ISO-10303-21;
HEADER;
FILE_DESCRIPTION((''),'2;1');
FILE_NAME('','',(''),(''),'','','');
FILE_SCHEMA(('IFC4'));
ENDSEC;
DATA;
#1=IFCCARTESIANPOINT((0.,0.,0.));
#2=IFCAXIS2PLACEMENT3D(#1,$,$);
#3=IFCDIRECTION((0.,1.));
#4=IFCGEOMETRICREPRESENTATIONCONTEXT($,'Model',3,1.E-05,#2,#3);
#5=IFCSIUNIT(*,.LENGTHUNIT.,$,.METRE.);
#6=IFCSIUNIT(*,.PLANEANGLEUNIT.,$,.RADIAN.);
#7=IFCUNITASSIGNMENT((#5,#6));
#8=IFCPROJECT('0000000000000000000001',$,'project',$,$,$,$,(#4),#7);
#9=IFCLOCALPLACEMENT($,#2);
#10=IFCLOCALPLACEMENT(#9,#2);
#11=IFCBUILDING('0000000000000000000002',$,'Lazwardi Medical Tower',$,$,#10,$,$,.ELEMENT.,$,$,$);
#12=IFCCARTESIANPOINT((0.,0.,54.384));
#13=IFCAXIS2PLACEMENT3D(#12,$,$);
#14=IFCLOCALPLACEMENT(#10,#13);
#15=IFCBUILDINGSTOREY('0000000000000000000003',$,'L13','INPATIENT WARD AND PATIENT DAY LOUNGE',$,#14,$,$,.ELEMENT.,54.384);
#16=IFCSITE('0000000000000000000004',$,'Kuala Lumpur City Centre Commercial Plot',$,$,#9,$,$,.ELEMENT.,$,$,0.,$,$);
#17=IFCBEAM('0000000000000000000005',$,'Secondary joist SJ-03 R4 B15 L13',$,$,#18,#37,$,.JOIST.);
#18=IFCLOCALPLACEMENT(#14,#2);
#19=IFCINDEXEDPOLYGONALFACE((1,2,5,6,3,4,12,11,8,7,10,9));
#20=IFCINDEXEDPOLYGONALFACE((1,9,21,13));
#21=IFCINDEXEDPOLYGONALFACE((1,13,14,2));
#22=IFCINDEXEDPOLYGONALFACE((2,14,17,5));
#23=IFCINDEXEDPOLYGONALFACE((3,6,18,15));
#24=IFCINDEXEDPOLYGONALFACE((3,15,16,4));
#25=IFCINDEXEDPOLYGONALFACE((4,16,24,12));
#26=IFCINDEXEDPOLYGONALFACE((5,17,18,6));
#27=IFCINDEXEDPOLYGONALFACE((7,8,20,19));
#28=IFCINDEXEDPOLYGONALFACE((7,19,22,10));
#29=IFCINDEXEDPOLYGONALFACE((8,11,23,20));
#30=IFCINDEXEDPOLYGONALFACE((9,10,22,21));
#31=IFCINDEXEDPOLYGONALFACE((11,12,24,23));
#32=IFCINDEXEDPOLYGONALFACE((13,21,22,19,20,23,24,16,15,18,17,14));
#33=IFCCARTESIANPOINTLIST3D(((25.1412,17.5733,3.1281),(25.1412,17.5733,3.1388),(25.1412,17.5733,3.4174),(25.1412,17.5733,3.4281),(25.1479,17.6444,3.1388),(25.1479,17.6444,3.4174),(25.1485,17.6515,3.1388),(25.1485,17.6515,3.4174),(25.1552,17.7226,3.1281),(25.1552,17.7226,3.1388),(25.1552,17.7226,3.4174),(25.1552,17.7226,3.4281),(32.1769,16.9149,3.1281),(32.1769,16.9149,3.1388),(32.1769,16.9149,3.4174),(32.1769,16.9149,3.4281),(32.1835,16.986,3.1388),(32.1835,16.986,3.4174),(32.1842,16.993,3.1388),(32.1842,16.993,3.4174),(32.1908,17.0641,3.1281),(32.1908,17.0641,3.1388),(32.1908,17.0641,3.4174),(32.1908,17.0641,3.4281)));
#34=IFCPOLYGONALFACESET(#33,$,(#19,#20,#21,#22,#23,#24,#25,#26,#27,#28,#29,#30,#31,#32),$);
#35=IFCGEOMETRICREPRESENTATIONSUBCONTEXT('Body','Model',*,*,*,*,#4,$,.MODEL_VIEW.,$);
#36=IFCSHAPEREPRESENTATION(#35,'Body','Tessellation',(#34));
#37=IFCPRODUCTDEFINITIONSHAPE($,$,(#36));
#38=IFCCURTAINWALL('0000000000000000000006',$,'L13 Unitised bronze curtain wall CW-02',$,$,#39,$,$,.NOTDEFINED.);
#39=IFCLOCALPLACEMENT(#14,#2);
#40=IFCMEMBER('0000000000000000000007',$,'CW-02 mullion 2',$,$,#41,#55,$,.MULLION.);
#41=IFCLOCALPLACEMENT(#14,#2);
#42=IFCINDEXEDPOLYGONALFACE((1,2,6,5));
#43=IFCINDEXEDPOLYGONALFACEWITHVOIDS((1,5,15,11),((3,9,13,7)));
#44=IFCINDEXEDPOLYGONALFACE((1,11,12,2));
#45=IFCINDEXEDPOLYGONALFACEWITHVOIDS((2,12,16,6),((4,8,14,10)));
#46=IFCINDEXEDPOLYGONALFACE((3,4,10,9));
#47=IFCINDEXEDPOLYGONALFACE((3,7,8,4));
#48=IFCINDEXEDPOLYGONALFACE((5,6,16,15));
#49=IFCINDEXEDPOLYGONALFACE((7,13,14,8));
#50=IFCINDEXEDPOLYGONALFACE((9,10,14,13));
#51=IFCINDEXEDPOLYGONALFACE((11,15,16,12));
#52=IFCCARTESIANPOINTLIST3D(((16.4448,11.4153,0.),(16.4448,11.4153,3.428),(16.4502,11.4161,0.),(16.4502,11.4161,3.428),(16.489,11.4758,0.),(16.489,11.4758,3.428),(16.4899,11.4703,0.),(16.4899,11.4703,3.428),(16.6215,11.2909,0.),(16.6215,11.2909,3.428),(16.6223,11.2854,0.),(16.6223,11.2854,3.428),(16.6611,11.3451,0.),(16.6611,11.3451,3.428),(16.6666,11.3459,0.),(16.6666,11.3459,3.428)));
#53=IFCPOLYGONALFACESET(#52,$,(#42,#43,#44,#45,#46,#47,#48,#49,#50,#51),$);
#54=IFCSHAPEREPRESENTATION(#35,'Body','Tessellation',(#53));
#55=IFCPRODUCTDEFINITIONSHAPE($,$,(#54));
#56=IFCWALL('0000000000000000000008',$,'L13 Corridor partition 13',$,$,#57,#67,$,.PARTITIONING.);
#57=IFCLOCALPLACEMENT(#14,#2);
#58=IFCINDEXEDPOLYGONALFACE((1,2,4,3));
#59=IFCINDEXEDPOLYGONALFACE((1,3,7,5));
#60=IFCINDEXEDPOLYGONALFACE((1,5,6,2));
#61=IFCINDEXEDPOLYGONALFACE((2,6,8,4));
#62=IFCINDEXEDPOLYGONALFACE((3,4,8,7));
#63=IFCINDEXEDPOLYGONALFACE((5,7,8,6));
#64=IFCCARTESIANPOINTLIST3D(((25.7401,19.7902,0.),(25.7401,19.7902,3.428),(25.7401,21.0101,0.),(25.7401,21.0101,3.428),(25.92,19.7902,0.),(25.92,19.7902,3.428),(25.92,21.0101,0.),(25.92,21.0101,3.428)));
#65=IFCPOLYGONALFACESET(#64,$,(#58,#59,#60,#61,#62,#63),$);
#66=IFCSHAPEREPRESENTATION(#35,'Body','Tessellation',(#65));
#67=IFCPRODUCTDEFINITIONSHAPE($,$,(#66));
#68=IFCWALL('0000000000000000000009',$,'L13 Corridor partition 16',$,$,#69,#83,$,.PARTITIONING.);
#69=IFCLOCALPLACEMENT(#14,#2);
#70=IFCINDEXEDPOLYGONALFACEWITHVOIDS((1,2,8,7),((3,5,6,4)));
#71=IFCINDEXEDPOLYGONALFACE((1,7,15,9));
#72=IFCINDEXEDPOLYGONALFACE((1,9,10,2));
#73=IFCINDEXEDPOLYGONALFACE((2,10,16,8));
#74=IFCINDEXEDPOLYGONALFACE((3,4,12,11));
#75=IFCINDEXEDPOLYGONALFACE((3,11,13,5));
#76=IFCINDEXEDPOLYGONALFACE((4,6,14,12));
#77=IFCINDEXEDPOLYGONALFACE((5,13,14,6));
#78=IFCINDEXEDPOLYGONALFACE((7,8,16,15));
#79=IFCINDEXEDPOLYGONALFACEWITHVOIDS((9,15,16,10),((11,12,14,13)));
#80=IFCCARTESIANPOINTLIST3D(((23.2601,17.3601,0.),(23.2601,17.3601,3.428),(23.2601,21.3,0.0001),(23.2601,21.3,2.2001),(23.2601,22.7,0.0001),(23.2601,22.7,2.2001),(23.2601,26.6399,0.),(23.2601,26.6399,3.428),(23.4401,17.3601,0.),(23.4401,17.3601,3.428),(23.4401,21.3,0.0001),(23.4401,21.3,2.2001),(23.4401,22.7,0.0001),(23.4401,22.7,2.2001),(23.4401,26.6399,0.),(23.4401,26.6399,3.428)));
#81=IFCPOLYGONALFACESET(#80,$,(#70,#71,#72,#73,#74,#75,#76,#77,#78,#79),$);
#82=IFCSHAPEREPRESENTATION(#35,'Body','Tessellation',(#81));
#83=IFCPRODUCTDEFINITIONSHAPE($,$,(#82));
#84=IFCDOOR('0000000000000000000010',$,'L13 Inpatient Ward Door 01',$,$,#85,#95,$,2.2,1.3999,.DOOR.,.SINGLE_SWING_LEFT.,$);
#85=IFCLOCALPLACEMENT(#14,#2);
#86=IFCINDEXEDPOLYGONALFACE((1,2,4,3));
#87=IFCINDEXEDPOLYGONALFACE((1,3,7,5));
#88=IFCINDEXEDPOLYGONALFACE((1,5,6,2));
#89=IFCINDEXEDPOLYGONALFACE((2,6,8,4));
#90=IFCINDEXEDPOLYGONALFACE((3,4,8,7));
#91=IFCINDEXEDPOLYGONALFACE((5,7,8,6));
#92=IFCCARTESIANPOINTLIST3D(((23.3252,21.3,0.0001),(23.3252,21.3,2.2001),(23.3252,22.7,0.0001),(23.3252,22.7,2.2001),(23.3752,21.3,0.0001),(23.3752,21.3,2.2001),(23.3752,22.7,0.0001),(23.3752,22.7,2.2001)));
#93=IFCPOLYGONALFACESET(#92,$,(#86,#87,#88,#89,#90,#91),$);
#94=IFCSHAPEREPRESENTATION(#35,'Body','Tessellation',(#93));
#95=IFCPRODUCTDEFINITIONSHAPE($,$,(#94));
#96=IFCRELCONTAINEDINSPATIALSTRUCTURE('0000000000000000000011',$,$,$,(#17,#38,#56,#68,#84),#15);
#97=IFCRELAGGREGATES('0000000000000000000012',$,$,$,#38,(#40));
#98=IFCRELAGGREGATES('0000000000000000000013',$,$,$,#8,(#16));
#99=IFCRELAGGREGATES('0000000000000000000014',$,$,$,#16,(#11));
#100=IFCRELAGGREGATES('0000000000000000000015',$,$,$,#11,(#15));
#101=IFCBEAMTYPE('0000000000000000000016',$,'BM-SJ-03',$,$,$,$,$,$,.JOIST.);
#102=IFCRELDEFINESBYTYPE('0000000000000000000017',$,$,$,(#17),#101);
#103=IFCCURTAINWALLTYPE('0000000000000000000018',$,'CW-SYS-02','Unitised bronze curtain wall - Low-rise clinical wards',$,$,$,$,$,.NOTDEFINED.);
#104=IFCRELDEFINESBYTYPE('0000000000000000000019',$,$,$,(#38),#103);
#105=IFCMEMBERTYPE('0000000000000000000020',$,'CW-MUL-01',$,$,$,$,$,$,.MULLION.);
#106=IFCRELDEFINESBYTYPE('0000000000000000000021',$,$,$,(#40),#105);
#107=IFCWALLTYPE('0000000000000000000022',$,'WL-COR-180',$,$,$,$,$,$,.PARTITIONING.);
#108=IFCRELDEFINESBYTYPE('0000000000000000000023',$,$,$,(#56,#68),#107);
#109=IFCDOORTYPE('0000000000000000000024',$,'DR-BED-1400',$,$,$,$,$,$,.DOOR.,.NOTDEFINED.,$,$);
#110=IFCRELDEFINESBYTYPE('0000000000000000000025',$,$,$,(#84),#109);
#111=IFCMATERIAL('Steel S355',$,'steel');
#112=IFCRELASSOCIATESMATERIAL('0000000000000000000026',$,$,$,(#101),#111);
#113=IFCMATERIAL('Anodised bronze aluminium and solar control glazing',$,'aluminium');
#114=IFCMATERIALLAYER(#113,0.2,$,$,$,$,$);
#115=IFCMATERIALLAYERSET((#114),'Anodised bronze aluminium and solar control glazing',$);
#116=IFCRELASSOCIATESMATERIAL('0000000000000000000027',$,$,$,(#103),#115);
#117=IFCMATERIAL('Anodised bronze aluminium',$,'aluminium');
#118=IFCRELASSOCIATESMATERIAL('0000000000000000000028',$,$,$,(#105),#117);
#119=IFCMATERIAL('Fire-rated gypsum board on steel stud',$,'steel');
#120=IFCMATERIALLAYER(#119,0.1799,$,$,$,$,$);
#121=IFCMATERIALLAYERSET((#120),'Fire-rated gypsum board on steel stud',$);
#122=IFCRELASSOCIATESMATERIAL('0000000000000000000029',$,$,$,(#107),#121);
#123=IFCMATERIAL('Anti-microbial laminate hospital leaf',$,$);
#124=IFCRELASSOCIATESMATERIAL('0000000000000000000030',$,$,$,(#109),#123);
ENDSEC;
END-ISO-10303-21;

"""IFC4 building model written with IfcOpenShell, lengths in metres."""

from ifc_helpers import new_model, si_unit, direction, frame, frame_2d, origin, origin_2d, place, context, subcontext, project, spatial, rectangle, hollow_rectangle, i_section, extrude, material, layer, layer_set, material_profile, profile_set, type_object, element, fill, aggregate, save


model = new_model("IFC4")

# Units and contexts
model_context = context("Model", 3, precision=1e-05, world=origin(), true_north=direction((0.0, 1.0)))
body_context = subcontext(model_context, "Body", "Model", "MODEL_VIEW")
ifc_project = project(units=[si_unit("LENGTHUNIT", "METRE"), si_unit("PLANEANGLEUNIT", "RADIAN")], contexts=[model_context])

# Site, building, storey
site_placement = place(None, origin())
site = spatial("IfcSite", under=ifc_project, at=site_placement, Name="Kuala Lumpur City Centre Commercial Plot", CompositionType="ELEMENT", RefElevation=0.0)
building_placement = place(site_placement, origin())
building = spatial("IfcBuilding", under=site, at=building_placement, Name="Lazwardi Medical Tower", CompositionType="ELEMENT")
storey_placement = place(building_placement, frame((0.0, 0.0, 54.384)))
storey = spatial("IfcBuildingStorey", under=building, at=storey_placement, Name="L13", Description="INPATIENT WARD AND PATIENT DAY LOUNGE", CompositionType="ELEMENT", Elevation=54.384)

# Beam
ifc_material_1 = material(Name="Steel S355", Category="steel")
ifc_material_profile_1 = material_profile(ifc_material_1, i_section(OverallWidth=0.1499, OverallDepth=0.3, WebThickness=0.0071, FlangeThickness=0.0107, at=origin_2d()), Name="IPE 300")
ifc_profile_set_1 = profile_set([ifc_material_profile_1], Name="Steel S355")
beam_type_1 = type_object("IfcBeamType", Name="BM-SJ-03", PredefinedType="JOIST", material=ifc_profile_set_1)
beam_1_placement = place(storey_placement, frame((25.1482, 17.6479, 3.2781), z_axis=(0.995649, -0.09318, 0.0), x_axis=(0.09318, 0.995649, 0.0)))
element("IfcBeam", 1, at=beam_1_placement, inside=storey, type_object=beam_type_1, Name="Secondary joist SJ-03 R4 B15 L13", PredefinedType="JOIST", context=body_context, shape_type="SweptSolid", body=[
    extrude(i_section(OverallWidth=0.1499, OverallDepth=0.3, WebThickness=0.0071, FlangeThickness=0.0107, at=origin_2d()), origin(), (0.0, 0.0, 1.0), 7.0664),
])

# Curtain wall, member
ifc_material_2 = material(Name="Anodised bronze aluminium and solar control glazing", Category="aluminium")
ifc_layer_1 = layer(ifc_material_2, 0.2)
ifc_layer_set_1 = layer_set([ifc_layer_1], Name="Anodised bronze aluminium and solar control glazing")
curtain_wall_type = type_object("IfcCurtainWallType", Name="CW-SYS-02", Description="Unitised bronze curtain wall - Low-rise clinical wards", PredefinedType="NOTDEFINED", material=ifc_layer_set_1)
curtain_wall_placement = place(storey_placement, origin())
curtain_wall = element("IfcCurtainWall", 2, at=curtain_wall_placement, inside=storey, type_object=curtain_wall_type, Name="L13 Unitised bronze curtain wall CW-02", PredefinedType="NOTDEFINED")
ifc_material_3 = material(Name="Anodised bronze aluminium", Category="aluminium")
ifc_material_profile_2 = material_profile(ifc_material_3, hollow_rectangle(XDim=0.075, YDim=0.22, WallThickness=0.0039, at=origin_2d()), Name="ALU-MULLION 220x75x4")
ifc_profile_set_2 = profile_set([ifc_material_profile_2], Name="Anodised bronze aluminium")
member_type = type_object("IfcMemberType", Name="CW-MUL-01", PredefinedType="MULLION", material=ifc_profile_set_2)
member_placement = place(storey_placement, frame((16.5557, 11.3806, 0.0), z_axis=(0.0, 0.0, 1.0), x_axis=(0.590289, 0.807192, 0.0)))
member = element("IfcMember", 3, at=member_placement, type_object=member_type, Name="CW-02 mullion 2", PredefinedType="MULLION", context=body_context, shape_type="SweptSolid", body=[
    extrude(hollow_rectangle(XDim=0.075, YDim=0.22, WallThickness=0.0039, at=origin_2d()), origin(), (0.0, 0.0, 1.0), 3.428),
])
aggregate(curtain_wall, [member])

# Wall
ifc_material_4 = material(Name="Fire-rated gypsum board on steel stud", Category="steel")
ifc_layer_2 = layer(ifc_material_4, 0.1799)
ifc_layer_set_2 = layer_set([ifc_layer_2], Name="Fire-rated gypsum board on steel stud")
wall_type = type_object("IfcWallType", Name="WL-COR-180", PredefinedType="PARTITIONING", material=ifc_layer_set_2)
wall_1_placement = place(storey_placement, frame((25.8301, 21.01, 0.0), z_axis=(0.0, 0.0, 1.0), x_axis=(0.0, -1.0, 0.0)))
element("IfcWall", 4, at=wall_1_placement, inside=storey, type_object=wall_type, Name="L13 Corridor partition 13", PredefinedType="PARTITIONING", context=body_context, shape_type="SweptSolid", body=[
    extrude(rectangle(XDim=1.22, YDim=0.1799, at=frame_2d((0.6099, 0.0))), origin(), (0.0, 0.0, 1.0), 3.428),
])

# Wall, opening, door
wall_2_placement = place(storey_placement, frame((23.3501, 17.3601, 0.0), z_axis=(0.0, 0.0, 1.0), x_axis=(0.0, 1.0, 0.0)))
wall_2 = element("IfcWall", 5, at=wall_2_placement, inside=storey, type_object=wall_type, Name="L13 Corridor partition 16", PredefinedType="PARTITIONING", context=body_context, shape_type="SweptSolid", body=[
    extrude(rectangle(XDim=9.2798, YDim=0.1799, at=frame_2d((4.6399, 0.0))), origin(), (0.0, 0.0, 1.0), 3.428),
])
opening_placement = place(wall_2_placement, frame((3.9399, 0.0, 0.0)))
opening = element("IfcOpeningElement", 6, at=opening_placement, cuts=wall_2, PredefinedType="OPENING", context=body_context, shape_type="SweptSolid", body=[
    extrude(rectangle(XDim=1.3999, YDim=2.2, at=frame_2d((0.7, 1.1001))), frame((0.0, 0.0999, 0.0), z_axis=(0.0, -1.0, 0.0), x_axis=(1.0, 0.0, 0.0)), (0.0, 0.0, 1.0), 0.2),
])
ifc_material_5 = material(Name="Anti-microbial laminate hospital leaf")
door_type = type_object("IfcDoorType", Name="DR-BED-1400", OperationType="NOTDEFINED", PredefinedType="DOOR", material=ifc_material_5)
door_placement = place(opening_placement, origin())
door = element("IfcDoor", 7, at=door_placement, inside=storey, type_object=door_type, Name="L13 Inpatient Ward Door 01", OperationType="SINGLE_SWING_LEFT", OverallHeight=2.2, OverallWidth=1.3999, PredefinedType="DOOR", context=body_context, shape_type="SweptSolid", body=[
    extrude(rectangle(XDim=1.3999, YDim=2.2, at=frame_2d((0.7, 1.1001))), frame((0.0, 0.0249, 0.0), z_axis=(0.0, -1.0, 0.0), x_axis=(1.0, 0.0, 0.0)), (0.0, 0.0, 1.0), 0.05),
])
fill(opening, door)

save(model, "model.ifc")
